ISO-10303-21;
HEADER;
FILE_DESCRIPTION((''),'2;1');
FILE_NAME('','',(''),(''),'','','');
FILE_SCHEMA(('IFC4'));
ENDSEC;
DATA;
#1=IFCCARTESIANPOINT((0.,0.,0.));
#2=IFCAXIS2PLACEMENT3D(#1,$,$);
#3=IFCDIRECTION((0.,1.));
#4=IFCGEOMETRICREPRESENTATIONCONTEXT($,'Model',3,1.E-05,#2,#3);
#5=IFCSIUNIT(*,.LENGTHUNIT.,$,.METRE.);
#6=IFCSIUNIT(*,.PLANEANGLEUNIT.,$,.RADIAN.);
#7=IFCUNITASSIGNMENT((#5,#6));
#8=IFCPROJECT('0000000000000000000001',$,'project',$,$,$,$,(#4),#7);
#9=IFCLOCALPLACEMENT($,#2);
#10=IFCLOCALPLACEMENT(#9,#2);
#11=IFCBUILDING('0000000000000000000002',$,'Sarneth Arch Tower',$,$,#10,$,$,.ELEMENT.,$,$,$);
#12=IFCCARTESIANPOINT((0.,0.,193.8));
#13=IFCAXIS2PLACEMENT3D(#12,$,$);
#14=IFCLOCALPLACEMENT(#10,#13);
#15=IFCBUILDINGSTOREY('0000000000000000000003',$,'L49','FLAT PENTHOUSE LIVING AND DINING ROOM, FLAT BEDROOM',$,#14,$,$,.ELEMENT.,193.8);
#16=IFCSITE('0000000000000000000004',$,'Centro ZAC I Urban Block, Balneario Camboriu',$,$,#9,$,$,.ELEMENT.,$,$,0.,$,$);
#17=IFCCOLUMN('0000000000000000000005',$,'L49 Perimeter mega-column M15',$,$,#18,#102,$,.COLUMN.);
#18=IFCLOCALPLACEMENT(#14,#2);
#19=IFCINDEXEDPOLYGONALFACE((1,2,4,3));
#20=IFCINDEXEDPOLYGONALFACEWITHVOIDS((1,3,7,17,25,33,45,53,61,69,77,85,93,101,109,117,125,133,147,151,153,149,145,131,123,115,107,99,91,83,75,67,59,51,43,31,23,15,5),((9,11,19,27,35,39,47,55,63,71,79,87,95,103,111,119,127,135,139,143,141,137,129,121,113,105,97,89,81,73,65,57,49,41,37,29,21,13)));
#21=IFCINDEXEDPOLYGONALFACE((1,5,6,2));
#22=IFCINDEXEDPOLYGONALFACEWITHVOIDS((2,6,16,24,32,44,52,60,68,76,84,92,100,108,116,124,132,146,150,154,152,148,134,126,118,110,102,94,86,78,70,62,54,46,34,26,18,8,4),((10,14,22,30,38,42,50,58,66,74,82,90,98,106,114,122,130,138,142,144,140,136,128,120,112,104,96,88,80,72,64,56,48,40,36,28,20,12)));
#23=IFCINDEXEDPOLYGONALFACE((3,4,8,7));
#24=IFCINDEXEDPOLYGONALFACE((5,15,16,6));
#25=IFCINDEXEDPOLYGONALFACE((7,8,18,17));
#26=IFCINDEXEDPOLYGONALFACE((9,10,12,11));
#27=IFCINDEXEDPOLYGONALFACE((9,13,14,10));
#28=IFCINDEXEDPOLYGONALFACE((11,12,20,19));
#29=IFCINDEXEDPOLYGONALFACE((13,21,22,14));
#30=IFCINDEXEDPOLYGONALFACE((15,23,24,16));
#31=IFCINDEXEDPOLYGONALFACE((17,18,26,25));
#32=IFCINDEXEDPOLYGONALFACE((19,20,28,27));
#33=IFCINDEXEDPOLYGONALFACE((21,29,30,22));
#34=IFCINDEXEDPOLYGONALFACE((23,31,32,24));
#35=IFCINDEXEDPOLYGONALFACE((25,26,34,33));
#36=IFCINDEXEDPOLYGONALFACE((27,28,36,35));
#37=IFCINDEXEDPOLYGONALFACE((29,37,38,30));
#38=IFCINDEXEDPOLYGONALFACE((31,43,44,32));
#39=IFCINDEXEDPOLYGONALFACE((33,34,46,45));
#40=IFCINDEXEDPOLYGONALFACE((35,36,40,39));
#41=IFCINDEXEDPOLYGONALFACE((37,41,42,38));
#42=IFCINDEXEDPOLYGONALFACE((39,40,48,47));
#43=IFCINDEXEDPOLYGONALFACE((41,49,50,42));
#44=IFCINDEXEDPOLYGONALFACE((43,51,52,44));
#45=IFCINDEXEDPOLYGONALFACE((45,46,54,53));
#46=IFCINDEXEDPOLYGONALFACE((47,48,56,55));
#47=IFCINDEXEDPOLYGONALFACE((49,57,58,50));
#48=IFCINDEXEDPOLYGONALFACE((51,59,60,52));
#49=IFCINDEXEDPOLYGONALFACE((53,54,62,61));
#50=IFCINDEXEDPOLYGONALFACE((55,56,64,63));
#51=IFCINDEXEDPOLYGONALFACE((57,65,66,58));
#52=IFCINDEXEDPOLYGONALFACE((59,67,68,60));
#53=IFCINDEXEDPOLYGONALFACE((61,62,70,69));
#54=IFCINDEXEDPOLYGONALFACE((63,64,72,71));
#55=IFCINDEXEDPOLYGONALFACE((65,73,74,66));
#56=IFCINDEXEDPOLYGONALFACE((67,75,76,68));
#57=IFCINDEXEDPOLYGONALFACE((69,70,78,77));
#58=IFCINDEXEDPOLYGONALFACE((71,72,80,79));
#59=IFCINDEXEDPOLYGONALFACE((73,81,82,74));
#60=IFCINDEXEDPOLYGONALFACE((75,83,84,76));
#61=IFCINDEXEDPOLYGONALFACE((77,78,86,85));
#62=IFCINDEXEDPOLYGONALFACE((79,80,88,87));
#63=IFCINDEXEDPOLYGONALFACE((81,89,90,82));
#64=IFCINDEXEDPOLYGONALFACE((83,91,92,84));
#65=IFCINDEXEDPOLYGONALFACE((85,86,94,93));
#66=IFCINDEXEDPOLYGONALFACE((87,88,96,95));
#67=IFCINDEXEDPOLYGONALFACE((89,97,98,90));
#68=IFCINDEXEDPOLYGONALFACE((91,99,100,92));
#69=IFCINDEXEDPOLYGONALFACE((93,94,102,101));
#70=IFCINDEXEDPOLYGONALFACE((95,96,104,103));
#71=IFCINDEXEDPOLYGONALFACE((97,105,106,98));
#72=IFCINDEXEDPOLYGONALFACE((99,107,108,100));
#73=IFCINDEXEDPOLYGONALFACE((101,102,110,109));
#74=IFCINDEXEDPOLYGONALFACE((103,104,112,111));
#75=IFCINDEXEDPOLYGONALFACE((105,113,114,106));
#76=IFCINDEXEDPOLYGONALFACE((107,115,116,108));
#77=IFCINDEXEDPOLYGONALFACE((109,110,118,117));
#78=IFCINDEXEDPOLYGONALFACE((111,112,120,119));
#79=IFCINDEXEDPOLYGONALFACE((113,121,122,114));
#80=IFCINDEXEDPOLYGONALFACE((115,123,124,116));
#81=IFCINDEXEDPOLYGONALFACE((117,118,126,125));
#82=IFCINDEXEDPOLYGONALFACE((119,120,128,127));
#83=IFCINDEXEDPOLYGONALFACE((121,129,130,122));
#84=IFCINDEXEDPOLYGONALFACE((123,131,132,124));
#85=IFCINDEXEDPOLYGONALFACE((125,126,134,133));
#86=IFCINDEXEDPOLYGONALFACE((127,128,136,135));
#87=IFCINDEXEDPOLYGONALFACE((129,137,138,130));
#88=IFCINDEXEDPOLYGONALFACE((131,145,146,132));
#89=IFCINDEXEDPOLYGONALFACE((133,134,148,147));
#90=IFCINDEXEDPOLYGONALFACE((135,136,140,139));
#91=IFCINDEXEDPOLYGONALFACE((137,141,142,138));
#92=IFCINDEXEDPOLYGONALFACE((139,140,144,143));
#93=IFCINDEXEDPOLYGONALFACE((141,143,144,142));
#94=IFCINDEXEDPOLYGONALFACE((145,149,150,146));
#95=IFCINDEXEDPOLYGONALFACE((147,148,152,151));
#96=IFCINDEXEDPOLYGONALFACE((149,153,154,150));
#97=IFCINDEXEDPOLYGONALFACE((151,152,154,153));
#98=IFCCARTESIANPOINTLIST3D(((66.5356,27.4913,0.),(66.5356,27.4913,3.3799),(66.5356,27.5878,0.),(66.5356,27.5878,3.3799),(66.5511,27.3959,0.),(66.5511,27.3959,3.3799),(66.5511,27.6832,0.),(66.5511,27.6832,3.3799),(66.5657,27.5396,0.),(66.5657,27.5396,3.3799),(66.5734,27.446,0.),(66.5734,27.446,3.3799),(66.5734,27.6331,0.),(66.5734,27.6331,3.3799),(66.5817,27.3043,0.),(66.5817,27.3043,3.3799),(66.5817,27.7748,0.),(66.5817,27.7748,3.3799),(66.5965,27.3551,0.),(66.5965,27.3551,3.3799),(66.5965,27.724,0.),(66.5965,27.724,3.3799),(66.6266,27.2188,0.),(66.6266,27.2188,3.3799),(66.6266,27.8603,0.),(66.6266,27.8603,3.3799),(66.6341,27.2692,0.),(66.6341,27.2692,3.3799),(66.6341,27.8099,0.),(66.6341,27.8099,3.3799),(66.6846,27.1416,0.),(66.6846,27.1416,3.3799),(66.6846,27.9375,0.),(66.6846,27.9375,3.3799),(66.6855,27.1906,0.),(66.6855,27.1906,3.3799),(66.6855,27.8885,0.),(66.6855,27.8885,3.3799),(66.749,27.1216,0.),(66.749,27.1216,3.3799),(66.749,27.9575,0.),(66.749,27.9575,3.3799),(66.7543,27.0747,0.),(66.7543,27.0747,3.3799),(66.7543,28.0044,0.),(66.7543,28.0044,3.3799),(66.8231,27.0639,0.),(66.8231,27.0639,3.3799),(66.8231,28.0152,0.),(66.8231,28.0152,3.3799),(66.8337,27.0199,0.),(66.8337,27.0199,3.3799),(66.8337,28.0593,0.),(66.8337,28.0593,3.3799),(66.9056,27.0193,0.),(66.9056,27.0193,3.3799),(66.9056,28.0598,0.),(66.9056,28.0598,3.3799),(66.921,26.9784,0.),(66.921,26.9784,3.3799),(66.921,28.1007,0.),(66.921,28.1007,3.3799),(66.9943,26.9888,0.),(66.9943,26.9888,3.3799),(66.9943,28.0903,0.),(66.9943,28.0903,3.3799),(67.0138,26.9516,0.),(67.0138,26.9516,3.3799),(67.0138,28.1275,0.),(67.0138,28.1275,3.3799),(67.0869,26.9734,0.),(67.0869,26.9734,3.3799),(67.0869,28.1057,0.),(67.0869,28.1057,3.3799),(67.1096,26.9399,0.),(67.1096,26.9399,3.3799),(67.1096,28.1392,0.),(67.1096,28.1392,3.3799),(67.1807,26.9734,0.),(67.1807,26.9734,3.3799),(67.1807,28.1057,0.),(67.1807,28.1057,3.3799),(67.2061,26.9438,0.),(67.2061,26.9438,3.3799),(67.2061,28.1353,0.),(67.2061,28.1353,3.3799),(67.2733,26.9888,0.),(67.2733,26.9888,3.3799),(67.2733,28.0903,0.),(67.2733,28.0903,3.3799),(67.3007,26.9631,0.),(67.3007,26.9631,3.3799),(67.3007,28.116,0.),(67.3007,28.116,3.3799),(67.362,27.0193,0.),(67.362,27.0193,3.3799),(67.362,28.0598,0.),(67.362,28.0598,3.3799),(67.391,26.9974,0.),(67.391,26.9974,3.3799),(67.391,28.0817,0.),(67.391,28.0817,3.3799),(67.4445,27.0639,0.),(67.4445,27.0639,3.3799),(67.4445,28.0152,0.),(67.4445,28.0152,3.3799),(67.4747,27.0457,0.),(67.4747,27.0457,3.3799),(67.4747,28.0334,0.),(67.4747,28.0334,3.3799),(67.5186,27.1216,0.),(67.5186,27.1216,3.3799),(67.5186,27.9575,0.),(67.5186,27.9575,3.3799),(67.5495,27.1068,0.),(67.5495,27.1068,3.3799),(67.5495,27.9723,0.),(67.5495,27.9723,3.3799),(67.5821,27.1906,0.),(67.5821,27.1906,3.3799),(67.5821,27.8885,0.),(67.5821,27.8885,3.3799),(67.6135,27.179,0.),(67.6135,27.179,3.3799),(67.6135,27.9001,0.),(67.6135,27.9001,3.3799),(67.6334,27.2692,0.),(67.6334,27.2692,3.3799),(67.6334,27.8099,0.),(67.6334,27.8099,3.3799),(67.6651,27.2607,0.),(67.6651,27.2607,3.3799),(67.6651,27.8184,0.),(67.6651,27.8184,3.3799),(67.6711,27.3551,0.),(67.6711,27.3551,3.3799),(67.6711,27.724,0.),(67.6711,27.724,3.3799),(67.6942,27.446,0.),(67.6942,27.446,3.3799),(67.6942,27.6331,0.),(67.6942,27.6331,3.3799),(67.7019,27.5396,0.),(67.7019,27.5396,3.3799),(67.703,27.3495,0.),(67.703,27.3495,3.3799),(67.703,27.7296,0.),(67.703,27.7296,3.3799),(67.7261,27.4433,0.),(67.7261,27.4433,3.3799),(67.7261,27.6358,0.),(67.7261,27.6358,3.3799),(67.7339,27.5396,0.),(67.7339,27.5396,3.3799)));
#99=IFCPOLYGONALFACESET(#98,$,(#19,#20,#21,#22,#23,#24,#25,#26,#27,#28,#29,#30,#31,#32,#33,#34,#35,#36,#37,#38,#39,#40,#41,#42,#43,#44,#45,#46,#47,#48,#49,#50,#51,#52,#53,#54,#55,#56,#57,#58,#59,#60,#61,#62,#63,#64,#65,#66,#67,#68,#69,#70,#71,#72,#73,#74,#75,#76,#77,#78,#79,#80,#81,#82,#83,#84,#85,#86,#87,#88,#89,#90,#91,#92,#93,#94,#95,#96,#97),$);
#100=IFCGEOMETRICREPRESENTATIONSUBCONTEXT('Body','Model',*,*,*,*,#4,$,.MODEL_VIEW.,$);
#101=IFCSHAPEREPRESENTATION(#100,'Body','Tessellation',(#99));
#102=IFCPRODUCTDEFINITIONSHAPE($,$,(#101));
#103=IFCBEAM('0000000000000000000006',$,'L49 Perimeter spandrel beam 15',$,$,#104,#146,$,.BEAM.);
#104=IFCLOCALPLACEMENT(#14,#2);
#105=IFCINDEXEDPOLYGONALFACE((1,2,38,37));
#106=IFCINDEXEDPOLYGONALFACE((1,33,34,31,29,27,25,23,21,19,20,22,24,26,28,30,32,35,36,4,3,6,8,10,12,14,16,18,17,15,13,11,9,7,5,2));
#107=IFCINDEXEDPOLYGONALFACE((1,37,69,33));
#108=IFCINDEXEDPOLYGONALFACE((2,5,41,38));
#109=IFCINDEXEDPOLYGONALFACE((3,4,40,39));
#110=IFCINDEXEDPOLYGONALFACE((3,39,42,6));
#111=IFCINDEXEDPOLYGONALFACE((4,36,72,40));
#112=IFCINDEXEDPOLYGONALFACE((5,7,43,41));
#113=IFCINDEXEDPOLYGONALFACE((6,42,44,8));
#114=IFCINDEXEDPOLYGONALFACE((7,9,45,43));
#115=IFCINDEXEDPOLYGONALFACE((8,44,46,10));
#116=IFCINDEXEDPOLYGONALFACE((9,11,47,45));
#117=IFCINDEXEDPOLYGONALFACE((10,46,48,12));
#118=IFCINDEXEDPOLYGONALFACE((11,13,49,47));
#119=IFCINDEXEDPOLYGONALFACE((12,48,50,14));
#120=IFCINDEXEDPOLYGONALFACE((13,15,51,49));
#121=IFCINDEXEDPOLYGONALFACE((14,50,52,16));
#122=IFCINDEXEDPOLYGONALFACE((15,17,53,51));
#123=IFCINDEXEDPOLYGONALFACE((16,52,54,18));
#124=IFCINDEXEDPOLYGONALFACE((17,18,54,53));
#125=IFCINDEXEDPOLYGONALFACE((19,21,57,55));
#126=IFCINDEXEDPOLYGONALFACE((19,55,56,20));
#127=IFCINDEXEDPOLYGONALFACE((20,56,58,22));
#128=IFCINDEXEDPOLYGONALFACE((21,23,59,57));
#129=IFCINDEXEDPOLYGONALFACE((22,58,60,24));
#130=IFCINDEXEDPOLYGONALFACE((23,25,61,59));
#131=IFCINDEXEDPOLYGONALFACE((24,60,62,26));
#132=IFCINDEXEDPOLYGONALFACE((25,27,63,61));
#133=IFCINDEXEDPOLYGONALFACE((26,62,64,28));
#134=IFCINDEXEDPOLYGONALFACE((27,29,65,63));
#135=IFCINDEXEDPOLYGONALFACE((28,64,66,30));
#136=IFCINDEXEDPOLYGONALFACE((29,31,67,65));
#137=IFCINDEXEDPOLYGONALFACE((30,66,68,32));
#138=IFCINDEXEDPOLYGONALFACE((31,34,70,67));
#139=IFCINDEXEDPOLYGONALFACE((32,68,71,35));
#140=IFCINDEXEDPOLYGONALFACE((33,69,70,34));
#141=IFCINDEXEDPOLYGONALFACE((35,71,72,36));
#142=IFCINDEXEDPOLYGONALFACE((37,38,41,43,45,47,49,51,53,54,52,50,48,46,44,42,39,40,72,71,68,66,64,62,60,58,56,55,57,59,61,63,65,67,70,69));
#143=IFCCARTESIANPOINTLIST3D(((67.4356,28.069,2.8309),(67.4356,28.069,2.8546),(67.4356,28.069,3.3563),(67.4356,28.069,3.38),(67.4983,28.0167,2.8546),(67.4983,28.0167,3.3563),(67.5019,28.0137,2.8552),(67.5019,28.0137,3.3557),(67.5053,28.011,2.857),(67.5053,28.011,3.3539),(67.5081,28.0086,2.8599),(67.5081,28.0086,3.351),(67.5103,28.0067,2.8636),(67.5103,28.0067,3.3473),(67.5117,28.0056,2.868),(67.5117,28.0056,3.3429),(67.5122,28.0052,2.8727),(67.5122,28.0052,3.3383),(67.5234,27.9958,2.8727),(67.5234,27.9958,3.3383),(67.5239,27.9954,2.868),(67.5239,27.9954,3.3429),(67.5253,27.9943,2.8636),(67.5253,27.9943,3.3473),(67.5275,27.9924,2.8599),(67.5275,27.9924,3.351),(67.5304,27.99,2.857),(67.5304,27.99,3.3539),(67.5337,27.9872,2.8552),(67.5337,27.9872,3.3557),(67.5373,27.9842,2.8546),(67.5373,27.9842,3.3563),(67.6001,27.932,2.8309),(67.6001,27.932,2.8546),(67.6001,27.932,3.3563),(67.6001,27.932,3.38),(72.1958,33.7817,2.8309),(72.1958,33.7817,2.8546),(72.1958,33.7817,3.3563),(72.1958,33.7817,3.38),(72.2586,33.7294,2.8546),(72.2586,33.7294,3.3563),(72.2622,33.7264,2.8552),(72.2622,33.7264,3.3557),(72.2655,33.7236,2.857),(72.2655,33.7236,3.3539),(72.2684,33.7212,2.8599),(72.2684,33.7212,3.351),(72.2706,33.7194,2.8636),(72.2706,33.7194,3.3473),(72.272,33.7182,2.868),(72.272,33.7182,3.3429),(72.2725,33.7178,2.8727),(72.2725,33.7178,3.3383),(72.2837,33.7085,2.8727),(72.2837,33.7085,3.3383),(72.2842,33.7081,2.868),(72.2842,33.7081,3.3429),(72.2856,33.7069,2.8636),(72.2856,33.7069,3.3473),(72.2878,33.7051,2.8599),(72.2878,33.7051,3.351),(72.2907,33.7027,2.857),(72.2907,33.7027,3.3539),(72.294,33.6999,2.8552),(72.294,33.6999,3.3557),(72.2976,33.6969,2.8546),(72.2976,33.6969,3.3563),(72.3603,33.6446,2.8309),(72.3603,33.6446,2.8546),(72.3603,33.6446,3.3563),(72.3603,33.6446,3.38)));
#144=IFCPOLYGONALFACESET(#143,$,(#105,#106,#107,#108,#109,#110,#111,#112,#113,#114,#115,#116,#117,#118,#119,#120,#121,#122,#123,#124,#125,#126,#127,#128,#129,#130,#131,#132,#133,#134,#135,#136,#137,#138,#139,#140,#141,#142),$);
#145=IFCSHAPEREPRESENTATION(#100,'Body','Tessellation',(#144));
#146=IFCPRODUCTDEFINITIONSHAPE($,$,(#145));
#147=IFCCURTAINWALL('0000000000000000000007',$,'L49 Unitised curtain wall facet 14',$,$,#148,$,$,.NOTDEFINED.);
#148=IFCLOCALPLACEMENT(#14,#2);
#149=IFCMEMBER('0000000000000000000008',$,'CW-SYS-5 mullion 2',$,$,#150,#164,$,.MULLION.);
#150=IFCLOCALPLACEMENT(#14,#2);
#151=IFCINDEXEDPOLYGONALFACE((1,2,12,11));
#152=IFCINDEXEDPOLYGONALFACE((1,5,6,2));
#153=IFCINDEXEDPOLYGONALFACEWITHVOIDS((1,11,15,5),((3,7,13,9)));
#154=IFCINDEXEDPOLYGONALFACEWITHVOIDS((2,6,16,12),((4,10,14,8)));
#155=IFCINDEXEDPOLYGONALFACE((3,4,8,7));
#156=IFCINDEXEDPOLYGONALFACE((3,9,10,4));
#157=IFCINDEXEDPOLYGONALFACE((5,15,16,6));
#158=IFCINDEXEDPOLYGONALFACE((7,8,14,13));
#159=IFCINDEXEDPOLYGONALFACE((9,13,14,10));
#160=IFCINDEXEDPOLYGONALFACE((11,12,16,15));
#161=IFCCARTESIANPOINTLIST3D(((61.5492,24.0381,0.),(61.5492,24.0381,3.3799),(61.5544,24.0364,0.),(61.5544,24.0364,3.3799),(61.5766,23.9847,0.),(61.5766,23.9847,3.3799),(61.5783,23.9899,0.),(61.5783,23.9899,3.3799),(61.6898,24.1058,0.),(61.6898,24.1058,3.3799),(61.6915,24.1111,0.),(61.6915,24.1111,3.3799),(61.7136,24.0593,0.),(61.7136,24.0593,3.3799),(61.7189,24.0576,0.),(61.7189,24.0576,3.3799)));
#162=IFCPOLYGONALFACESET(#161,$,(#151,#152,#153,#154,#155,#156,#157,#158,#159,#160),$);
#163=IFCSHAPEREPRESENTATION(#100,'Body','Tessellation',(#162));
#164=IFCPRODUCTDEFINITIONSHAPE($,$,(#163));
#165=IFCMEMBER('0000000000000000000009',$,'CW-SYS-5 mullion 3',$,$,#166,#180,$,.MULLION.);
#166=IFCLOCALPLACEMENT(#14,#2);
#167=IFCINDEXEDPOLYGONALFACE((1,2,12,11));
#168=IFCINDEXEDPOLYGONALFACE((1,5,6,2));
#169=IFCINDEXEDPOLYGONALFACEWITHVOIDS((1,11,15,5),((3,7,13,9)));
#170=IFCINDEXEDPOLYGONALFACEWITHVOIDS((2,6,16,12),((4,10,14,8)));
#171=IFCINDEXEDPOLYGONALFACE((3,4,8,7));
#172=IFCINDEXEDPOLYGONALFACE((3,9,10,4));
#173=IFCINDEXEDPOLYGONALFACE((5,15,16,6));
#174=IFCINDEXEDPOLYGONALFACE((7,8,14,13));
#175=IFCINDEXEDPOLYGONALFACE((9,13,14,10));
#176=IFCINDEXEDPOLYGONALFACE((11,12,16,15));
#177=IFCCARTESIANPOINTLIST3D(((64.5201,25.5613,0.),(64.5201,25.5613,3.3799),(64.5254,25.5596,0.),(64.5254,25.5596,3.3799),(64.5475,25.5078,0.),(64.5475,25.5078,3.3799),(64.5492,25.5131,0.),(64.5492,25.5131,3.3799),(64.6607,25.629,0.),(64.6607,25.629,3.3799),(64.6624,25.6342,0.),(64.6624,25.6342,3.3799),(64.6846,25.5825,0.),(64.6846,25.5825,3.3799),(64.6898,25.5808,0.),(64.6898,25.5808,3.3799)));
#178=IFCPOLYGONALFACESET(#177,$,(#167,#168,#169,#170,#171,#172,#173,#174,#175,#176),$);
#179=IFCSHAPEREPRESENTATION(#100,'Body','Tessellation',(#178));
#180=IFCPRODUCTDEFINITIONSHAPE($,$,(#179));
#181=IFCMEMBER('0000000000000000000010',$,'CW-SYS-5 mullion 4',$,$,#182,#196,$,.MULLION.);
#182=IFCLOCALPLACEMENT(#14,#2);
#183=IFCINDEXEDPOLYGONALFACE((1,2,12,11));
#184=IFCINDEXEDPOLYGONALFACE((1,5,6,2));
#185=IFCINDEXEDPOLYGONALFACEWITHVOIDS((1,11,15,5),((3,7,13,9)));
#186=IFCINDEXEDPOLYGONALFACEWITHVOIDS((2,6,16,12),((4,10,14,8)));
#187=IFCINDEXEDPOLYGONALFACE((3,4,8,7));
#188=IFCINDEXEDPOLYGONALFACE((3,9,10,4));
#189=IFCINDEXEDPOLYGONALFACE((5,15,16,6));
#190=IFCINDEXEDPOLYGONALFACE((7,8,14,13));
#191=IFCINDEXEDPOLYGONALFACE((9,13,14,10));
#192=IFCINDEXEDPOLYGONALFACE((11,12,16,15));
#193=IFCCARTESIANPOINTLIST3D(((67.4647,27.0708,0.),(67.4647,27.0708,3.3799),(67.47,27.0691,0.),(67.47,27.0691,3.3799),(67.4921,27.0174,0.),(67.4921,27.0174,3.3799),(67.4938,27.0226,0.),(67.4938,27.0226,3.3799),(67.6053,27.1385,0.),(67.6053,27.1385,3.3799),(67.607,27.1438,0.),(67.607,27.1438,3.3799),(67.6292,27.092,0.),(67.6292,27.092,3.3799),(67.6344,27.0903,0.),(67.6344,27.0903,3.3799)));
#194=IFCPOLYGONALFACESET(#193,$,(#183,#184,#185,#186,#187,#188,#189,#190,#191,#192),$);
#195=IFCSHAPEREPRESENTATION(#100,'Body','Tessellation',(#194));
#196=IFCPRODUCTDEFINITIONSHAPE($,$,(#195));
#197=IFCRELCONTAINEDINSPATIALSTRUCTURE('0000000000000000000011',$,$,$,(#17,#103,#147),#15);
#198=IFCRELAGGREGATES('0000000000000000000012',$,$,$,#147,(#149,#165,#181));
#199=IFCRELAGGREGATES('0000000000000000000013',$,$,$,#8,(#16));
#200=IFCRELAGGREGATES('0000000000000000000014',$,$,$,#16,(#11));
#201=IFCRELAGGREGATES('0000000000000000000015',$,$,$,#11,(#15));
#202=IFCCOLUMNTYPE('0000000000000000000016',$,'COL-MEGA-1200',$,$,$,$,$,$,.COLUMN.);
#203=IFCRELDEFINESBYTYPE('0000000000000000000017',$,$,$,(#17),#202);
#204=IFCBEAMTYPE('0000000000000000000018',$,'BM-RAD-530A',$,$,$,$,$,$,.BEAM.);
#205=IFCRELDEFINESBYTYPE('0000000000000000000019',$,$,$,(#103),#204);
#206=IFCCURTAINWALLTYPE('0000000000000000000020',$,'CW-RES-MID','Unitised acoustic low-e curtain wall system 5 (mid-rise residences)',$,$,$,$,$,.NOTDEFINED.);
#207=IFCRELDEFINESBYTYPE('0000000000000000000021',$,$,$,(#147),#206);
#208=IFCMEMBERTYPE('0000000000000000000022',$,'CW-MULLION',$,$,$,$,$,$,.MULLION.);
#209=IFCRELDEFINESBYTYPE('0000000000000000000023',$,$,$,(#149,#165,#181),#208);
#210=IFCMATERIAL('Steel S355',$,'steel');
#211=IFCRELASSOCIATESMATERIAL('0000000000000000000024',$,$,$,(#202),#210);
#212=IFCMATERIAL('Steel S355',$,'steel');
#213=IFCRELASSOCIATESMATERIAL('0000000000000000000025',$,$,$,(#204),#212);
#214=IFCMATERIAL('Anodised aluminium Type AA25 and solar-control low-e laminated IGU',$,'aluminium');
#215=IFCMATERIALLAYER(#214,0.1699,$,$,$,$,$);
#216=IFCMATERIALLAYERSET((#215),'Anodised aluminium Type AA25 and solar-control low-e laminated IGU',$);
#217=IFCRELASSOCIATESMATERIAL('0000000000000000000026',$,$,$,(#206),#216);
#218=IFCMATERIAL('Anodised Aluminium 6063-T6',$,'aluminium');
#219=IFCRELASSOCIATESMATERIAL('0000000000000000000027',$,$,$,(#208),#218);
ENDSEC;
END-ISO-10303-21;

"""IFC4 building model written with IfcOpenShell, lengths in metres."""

from ifc_helpers import new_model, si_unit, direction, frame, origin, origin_2d, place, context, subcontext, project, spatial, hollow_rectangle, hollow_circle, i_section, extrude, material, layer, layer_set, material_profile, profile_set, type_object, element, aggregate, save


model = new_model("IFC4")

# Units and contexts
model_context = context("Model", 3, precision=1e-05, world=origin(), true_north=direction((0.0, 1.0)))
body_context = subcontext(model_context, "Body", "Model", "MODEL_VIEW")
ifc_project = project(units=[si_unit("LENGTHUNIT", "METRE"), si_unit("PLANEANGLEUNIT", "RADIAN")], contexts=[model_context])

# Site, building, storey
site_placement = place(None, origin())
site = spatial("IfcSite", under=ifc_project, at=site_placement, Name="Centro ZAC I Urban Block, Balneario Camboriu", CompositionType="ELEMENT", RefElevation=0.0)
building_placement = place(site_placement, origin())
building = spatial("IfcBuilding", under=site, at=building_placement, Name="Sarneth Arch Tower", CompositionType="ELEMENT")
storey_placement = place(building_placement, frame((0.0, 0.0, 193.8)))
storey = spatial("IfcBuildingStorey", under=building, at=storey_placement, Name="L49", Description="FLAT PENTHOUSE LIVING AND DINING ROOM, FLAT BEDROOM", CompositionType="ELEMENT", Elevation=193.8)

# Column
ifc_material_1 = material(Name="Steel S355", Category="steel")
ifc_material_profile_1 = material_profile(ifc_material_1, hollow_circle(Radius=0.6001, WallThickness=0.032, at=origin_2d()), Name="CHS1200x32")
ifc_profile_set_1 = profile_set([ifc_material_profile_1], Name="Steel S355")
column_type = type_object("IfcColumnType", Name="COL-MEGA-1200", PredefinedType="COLUMN", material=ifc_profile_set_1)
column_placement = place(storey_placement, frame((67.1338, 27.5396, 0.0), z_axis=(0.0, 0.0, 1.0), x_axis=(1.0, 0.0, 0.0)))
element("IfcColumn", 1, at=column_placement, inside=storey, type_object=column_type, Name="L49 Perimeter mega-column M15", PredefinedType="COLUMN", context=body_context, shape_type="SweptSolid", body=[
    extrude(hollow_circle(Radius=0.6001, WallThickness=0.032, at=origin_2d()), origin(), (0.0, 0.0, 1.0), 3.3799),
])

# Beam
ifc_material_2 = material(Name="Steel S355", Category="steel")
ifc_material_profile_2 = material_profile(ifc_material_2, i_section(OverallWidth=0.2141, OverallDepth=0.5491, WebThickness=0.0146, FlangeThickness=0.0237, FilletRadius=0.0181, at=origin_2d()), Name="W530x138")
ifc_profile_set_2 = profile_set([ifc_material_profile_2], Name="Steel S355")
beam_type = type_object("IfcBeamType", Name="BM-RAD-530A", PredefinedType="BEAM", material=ifc_profile_set_2)
beam_placement = place(storey_placement, frame((67.5178, 28.0005, 3.1055), z_axis=(0.640162, 0.76824, 0.0), x_axis=(-0.76824, 0.640162, 0.0)))
element("IfcBeam", 2, at=beam_placement, inside=storey, type_object=beam_type, Name="L49 Perimeter spandrel beam 15", PredefinedType="BEAM", context=body_context, shape_type="SweptSolid", body=[
    extrude(i_section(OverallWidth=0.2141, OverallDepth=0.5491, WebThickness=0.0146, FlangeThickness=0.0237, FilletRadius=0.0181, at=origin_2d()), origin(), (0.0, 0.0, 1.0), 7.436),
])

# Curtain wall, members
ifc_material_3 = material(Name="Anodised aluminium Type AA25 and solar-control low-e laminated IGU", Category="aluminium")
ifc_layer_1 = layer(ifc_material_3, 0.1699)
ifc_layer_set_1 = layer_set([ifc_layer_1], Name="Anodised aluminium Type AA25 and solar-control low-e laminated IGU")
curtain_wall_type = type_object("IfcCurtainWallType", Name="CW-RES-MID", Description="Unitised acoustic low-e curtain wall system 5 (mid-rise residences)", PredefinedType="NOTDEFINED", material=ifc_layer_set_1)
curtain_wall_placement = place(storey_placement, origin())
curtain_wall = element("IfcCurtainWall", 3, at=curtain_wall_placement, inside=storey, type_object=curtain_wall_type, Name="L49 Unitised curtain wall facet 14", PredefinedType="NOTDEFINED")
ifc_material_4 = material(Name="Anodised Aluminium 6063-T6", Category="aluminium")
ifc_material_profile_3 = material_profile(ifc_material_4, hollow_rectangle(XDim=0.0601, YDim=0.1599, WallThickness=0.0039, at=origin_2d()), Name="AL-MULL-160x60x4")
ifc_profile_set_3 = profile_set([ifc_material_profile_3], Name="Anodised Aluminium 6063-T6")
member_type_1 = type_object("IfcMemberType", Name="CW-MULLION", PredefinedType="MULLION", material=ifc_profile_set_3)
member_1_placement = place(storey_placement, frame((61.634, 24.0479, 0.0), z_axis=(0.0, 0.0, 1.0), x_axis=(-0.456208, 0.889873, 0.0)))
member_1 = element("IfcMember", 4, at=member_1_placement, type_object=member_type_1, Name="CW-SYS-5 mullion 2", PredefinedType="MULLION", context=body_context, shape_type="SweptSolid", body=[
    extrude(hollow_rectangle(XDim=0.0601, YDim=0.1599, WallThickness=0.0039, at=origin_2d()), origin(), (0.0, 0.0, 1.0), 3.3799),
])
member_2_placement = place(storey_placement, frame((64.605, 25.571, 0.0), z_axis=(0.0, 0.0, 1.0), x_axis=(-0.456208, 0.889873, 0.0)))
member_2 = element("IfcMember", 5, at=member_2_placement, type_object=member_type_1, Name="CW-SYS-5 mullion 3", PredefinedType="MULLION", context=body_context, shape_type="SweptSolid", body=[
    extrude(hollow_rectangle(XDim=0.0601, YDim=0.1599, WallThickness=0.0039, at=origin_2d()), origin(), (0.0, 0.0, 1.0), 3.3799),
])
member_3_placement = place(storey_placement, frame((67.5496, 27.0806, 0.0), z_axis=(0.0, 0.0, 1.0), x_axis=(-0.456208, 0.889873, 0.0)))
member_3 = element("IfcMember", 6, at=member_3_placement, type_object=member_type_1, Name="CW-SYS-5 mullion 4", PredefinedType="MULLION", context=body_context, shape_type="SweptSolid", body=[
    extrude(hollow_rectangle(XDim=0.0601, YDim=0.1599, WallThickness=0.0039, at=origin_2d()), origin(), (0.0, 0.0, 1.0), 3.3799),
])

aggregate(curtain_wall, [member_1, member_2, member_3])

save(model, "model.ifc")
